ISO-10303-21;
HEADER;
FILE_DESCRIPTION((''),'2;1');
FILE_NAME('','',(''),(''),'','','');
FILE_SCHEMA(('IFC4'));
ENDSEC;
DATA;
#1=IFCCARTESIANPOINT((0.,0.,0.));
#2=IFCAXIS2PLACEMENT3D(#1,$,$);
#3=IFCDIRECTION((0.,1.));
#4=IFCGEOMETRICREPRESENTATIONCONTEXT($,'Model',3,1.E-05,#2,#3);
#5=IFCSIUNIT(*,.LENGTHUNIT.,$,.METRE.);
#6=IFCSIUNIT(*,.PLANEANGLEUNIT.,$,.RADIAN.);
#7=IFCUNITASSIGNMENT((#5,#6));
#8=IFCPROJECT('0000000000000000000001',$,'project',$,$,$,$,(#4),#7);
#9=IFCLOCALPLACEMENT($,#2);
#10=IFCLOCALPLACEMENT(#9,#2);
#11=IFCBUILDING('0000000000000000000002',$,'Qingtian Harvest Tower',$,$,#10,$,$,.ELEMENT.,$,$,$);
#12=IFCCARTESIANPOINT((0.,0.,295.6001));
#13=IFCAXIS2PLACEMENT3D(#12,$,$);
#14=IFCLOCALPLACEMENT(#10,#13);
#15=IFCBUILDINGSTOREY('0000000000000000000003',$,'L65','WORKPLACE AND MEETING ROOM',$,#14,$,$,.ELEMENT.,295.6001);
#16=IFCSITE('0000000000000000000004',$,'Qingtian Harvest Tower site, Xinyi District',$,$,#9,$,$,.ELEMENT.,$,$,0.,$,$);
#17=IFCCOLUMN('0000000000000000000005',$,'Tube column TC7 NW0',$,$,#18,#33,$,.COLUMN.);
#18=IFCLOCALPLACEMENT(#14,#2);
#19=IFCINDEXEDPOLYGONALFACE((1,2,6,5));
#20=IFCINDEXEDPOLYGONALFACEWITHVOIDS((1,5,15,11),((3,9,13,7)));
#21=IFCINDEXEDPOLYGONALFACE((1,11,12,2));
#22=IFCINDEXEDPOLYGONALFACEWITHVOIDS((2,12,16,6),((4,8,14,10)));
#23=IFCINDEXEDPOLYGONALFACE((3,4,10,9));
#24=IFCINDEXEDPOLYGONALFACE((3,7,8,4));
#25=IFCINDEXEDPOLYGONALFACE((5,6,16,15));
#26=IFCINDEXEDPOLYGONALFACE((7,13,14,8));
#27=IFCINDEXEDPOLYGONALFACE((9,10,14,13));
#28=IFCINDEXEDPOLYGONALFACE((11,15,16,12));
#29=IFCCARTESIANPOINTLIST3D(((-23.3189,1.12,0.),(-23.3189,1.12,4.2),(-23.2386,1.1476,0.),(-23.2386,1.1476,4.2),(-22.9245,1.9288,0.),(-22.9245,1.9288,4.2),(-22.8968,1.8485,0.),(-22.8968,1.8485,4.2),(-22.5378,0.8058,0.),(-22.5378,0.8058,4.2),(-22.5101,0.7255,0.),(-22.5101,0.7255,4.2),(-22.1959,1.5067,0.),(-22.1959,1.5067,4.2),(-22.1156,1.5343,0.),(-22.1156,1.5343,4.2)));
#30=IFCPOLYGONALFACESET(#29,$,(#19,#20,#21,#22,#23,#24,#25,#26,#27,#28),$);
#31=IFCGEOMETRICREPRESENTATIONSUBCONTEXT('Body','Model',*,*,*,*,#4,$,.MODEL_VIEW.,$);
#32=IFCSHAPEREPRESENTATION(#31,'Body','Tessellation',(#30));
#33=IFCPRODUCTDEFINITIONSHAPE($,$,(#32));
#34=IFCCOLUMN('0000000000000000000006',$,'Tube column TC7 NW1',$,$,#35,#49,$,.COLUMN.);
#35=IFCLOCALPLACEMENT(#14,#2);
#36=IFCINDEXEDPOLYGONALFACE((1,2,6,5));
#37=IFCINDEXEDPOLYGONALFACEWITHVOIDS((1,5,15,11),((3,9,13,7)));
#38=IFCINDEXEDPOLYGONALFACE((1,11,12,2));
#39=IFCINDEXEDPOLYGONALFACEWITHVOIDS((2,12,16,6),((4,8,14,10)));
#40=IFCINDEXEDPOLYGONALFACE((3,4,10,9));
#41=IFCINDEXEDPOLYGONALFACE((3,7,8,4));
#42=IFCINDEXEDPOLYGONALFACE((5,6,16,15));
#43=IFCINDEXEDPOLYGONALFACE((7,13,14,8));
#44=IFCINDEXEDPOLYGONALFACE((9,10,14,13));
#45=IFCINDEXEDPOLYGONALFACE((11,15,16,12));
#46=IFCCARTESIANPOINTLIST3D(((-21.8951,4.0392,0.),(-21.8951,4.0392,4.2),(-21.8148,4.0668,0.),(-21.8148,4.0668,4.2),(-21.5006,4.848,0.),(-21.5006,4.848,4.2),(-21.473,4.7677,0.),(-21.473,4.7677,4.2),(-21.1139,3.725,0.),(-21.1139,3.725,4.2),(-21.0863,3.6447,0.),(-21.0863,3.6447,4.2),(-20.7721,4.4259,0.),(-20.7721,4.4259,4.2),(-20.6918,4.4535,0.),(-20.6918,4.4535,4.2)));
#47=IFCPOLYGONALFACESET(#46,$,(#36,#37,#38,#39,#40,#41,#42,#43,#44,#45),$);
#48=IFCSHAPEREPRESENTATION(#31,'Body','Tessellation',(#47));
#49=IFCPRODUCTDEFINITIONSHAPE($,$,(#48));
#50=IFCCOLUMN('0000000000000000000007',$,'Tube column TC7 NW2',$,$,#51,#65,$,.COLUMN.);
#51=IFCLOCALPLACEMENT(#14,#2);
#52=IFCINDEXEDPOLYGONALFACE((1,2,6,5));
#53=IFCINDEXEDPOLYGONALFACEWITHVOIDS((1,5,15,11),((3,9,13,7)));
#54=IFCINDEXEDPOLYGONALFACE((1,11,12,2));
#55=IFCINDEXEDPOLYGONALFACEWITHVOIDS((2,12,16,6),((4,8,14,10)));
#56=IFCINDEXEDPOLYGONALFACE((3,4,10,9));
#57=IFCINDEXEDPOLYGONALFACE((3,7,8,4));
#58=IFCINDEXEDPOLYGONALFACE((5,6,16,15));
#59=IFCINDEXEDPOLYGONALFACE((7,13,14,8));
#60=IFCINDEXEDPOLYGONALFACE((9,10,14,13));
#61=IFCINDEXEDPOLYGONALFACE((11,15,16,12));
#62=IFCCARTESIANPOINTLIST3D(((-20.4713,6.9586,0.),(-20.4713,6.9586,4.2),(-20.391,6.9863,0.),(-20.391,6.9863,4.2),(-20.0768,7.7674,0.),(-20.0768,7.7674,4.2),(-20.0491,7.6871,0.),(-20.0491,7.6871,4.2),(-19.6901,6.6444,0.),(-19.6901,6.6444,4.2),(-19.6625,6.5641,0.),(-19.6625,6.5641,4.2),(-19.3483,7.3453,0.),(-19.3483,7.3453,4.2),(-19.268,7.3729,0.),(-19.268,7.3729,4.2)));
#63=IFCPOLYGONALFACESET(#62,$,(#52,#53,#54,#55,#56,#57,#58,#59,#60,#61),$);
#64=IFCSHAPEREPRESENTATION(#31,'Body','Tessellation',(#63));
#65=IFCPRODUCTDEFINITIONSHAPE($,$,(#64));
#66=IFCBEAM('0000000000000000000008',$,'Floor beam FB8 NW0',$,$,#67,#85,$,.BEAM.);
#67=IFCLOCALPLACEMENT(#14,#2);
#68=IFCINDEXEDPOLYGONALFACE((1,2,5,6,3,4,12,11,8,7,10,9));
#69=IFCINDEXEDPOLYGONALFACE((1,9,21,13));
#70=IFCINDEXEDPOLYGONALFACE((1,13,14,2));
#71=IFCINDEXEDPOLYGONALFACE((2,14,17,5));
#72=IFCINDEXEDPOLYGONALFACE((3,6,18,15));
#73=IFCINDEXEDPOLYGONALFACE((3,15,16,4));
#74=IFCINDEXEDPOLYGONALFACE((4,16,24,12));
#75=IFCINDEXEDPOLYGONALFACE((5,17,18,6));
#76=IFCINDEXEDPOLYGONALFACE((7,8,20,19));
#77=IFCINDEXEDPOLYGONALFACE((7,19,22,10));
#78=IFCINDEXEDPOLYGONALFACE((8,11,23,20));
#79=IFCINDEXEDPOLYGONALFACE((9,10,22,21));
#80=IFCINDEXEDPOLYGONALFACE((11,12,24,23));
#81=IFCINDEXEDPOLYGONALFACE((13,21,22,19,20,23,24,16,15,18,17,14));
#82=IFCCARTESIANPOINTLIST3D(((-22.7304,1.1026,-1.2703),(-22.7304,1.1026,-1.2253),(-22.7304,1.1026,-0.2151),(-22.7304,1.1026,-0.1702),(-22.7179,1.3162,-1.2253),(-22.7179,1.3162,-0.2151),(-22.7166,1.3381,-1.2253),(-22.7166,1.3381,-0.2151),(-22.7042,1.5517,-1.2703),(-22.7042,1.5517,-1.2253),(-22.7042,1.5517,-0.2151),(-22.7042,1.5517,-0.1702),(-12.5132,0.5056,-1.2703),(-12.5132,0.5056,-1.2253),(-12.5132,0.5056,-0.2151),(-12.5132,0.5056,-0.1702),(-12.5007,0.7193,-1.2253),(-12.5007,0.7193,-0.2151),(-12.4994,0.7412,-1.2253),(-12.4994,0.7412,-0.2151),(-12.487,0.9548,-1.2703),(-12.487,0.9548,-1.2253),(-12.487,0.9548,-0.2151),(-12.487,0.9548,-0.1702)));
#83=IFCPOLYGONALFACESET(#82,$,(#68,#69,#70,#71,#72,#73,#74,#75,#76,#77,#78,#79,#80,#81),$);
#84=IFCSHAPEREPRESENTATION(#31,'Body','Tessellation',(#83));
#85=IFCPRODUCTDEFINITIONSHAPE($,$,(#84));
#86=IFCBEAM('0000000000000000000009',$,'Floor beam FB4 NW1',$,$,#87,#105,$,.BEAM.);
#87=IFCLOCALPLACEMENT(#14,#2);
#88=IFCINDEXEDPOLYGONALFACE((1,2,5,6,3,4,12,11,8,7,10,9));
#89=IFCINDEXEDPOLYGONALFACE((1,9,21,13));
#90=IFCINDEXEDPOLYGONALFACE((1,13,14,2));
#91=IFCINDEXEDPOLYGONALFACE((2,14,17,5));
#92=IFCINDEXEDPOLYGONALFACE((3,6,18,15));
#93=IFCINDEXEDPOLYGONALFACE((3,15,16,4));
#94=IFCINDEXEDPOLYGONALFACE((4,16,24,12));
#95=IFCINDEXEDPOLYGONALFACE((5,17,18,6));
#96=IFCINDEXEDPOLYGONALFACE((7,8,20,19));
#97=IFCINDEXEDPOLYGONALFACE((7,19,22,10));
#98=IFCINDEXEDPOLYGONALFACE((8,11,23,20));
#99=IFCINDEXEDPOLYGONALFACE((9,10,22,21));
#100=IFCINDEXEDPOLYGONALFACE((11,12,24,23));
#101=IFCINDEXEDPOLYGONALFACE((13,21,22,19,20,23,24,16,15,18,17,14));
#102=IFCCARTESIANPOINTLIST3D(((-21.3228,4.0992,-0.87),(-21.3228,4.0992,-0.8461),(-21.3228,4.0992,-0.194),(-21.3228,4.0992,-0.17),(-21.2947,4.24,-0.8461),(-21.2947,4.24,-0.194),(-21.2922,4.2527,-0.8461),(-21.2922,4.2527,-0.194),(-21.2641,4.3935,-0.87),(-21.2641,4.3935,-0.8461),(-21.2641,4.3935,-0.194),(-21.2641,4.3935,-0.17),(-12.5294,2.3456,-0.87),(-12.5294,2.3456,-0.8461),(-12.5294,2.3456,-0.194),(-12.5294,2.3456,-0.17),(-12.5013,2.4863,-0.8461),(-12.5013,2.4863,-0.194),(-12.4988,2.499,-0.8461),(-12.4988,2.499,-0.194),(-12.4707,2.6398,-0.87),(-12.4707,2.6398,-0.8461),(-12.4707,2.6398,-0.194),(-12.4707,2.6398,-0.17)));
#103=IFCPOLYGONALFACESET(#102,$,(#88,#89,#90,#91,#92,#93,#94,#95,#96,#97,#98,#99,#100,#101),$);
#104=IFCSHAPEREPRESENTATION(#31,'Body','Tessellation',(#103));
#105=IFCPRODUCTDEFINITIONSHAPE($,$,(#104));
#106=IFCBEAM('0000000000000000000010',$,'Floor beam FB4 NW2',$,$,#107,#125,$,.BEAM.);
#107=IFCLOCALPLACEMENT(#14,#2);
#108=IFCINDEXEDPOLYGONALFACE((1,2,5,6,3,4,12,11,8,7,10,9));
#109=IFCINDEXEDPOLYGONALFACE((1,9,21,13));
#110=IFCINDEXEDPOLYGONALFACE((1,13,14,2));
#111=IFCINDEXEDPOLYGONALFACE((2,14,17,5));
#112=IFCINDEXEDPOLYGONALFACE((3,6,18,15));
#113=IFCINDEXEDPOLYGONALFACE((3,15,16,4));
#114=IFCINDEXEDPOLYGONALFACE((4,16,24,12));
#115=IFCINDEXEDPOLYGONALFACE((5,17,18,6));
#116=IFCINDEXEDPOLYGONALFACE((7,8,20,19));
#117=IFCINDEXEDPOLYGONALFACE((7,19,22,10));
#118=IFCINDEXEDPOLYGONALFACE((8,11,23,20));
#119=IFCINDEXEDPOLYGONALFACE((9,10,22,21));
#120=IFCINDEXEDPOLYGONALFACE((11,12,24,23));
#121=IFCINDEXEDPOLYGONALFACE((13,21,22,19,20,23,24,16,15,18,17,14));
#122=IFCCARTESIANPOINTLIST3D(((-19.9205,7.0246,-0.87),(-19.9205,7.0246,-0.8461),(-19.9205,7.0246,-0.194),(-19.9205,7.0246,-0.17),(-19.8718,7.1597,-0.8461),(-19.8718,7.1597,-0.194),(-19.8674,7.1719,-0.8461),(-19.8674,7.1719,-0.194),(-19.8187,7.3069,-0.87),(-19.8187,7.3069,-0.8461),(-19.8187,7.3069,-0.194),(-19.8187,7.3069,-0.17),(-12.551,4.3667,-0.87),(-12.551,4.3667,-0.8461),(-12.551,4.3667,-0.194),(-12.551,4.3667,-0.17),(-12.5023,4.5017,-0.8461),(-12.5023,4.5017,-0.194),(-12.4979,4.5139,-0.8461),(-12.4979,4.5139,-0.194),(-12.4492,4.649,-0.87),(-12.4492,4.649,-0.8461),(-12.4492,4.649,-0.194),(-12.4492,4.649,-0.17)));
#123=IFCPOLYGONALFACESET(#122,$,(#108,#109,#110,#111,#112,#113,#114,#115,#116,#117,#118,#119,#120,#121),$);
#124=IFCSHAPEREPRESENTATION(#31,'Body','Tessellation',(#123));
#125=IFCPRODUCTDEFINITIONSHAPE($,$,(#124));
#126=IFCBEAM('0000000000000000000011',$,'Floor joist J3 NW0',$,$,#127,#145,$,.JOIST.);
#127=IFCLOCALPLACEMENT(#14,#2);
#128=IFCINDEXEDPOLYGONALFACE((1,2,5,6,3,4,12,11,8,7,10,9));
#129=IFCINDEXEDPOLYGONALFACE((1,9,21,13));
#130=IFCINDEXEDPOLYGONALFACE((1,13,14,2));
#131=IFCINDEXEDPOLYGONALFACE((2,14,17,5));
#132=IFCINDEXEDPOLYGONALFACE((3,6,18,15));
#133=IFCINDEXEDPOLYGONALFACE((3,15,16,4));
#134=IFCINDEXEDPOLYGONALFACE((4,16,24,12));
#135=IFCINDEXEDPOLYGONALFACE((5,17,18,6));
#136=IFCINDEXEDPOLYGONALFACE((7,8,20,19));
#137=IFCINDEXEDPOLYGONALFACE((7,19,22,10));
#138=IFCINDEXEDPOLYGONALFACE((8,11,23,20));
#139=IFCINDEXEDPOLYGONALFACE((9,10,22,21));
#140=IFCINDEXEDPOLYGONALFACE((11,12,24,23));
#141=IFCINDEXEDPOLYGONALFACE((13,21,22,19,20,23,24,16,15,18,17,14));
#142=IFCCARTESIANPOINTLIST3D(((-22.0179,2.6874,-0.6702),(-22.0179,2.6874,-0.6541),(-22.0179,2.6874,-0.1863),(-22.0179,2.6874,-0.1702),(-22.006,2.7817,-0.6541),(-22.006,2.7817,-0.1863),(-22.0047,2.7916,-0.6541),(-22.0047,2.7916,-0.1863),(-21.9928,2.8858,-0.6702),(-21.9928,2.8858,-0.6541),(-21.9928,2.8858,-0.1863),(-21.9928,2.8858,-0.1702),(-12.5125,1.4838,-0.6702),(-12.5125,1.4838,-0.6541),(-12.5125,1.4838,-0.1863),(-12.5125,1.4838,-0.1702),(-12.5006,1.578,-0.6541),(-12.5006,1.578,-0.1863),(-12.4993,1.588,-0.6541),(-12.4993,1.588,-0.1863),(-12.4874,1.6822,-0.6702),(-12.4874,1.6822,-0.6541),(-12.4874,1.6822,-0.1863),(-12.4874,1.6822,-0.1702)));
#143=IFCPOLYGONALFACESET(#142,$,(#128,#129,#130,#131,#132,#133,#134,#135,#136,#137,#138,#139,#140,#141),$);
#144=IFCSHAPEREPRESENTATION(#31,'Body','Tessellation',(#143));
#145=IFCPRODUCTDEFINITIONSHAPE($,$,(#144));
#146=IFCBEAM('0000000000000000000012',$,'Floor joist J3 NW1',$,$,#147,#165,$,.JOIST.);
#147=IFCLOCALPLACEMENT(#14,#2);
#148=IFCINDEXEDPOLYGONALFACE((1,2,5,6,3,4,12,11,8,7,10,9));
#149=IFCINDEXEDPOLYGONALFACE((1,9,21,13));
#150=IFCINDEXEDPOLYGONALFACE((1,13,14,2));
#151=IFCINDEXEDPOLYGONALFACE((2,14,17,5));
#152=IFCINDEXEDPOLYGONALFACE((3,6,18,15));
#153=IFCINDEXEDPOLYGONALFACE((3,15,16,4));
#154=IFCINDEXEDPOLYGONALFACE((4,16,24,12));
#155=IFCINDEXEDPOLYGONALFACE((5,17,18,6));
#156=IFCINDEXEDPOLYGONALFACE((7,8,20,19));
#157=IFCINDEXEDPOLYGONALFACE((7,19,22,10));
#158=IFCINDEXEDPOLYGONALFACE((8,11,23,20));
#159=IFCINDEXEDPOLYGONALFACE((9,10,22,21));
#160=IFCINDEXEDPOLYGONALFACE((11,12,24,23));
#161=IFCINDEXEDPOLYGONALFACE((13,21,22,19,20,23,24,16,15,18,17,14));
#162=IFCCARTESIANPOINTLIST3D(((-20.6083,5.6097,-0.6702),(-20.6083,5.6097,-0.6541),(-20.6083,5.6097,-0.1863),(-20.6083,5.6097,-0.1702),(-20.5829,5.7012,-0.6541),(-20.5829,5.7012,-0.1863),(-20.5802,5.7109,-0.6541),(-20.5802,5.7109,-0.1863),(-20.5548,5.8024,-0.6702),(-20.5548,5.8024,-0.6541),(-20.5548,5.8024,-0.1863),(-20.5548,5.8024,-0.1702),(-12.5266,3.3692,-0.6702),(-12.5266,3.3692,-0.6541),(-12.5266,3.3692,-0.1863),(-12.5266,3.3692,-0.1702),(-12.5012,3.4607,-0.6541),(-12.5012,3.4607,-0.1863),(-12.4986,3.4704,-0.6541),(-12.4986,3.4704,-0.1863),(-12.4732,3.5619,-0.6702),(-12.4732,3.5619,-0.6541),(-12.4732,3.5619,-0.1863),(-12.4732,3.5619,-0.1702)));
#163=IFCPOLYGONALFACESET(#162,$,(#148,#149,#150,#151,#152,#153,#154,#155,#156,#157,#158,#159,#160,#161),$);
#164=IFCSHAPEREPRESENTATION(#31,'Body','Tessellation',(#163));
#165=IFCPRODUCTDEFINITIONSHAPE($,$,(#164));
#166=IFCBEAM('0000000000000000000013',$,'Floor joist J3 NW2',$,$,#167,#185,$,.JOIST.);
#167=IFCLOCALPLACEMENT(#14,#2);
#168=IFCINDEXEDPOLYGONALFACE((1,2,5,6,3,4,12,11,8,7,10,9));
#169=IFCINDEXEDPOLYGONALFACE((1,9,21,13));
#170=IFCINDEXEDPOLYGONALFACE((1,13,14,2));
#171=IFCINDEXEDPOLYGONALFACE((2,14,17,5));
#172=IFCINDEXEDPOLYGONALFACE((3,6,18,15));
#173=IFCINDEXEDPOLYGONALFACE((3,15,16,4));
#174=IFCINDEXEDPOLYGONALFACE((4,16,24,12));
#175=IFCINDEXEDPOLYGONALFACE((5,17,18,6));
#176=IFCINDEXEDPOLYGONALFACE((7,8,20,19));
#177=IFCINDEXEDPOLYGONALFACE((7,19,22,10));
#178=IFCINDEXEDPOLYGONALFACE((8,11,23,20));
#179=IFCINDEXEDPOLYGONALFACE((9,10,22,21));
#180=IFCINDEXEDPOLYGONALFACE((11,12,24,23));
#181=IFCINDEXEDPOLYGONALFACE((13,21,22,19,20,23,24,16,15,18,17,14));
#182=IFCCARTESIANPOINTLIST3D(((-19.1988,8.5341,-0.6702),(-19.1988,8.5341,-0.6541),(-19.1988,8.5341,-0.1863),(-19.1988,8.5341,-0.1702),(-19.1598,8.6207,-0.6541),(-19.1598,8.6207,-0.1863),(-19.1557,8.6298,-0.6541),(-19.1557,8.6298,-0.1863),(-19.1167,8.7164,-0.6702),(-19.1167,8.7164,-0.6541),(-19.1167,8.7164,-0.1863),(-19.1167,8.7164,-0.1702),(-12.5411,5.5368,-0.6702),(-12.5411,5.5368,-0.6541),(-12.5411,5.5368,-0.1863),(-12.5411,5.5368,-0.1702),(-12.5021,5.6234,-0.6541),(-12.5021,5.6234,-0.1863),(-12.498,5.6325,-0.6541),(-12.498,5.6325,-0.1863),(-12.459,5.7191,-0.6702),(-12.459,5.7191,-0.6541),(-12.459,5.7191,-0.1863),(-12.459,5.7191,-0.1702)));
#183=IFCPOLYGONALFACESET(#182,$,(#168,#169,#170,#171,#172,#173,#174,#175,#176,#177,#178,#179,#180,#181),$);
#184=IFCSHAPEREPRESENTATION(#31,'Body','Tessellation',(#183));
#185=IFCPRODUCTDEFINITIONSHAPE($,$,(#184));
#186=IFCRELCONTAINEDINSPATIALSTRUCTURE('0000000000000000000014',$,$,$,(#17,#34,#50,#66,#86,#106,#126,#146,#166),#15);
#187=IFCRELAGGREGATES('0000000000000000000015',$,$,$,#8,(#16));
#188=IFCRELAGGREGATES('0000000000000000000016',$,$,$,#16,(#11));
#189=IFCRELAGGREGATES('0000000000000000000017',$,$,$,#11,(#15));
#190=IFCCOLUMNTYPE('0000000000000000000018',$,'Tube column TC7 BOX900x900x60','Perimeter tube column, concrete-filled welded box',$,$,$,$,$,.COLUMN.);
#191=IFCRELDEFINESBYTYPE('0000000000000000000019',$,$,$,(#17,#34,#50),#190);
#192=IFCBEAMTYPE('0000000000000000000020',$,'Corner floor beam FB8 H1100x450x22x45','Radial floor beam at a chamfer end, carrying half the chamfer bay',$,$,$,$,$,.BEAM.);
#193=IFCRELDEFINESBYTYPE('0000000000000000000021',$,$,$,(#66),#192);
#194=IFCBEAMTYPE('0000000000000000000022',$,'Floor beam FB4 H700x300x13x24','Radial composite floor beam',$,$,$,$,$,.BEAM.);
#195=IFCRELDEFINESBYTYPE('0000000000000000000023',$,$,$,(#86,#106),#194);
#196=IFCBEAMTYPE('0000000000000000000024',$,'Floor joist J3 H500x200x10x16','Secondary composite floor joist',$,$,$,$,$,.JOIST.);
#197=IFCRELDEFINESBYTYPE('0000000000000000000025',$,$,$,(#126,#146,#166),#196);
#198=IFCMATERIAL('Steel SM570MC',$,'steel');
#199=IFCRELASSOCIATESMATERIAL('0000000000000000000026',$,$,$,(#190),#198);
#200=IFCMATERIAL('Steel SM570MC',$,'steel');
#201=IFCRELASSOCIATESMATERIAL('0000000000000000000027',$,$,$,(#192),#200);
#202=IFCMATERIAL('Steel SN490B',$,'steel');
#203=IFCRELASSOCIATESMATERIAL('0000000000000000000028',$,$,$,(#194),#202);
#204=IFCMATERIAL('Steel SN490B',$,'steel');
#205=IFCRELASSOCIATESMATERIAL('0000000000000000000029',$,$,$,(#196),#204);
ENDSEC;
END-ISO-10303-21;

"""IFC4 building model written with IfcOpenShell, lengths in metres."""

from ifc_helpers import new_model, si_unit, direction, frame, origin, origin_2d, place, context, subcontext, project, spatial, hollow_rectangle, i_section, extrude, material, material_profile, profile_set, type_object, element, save


model = new_model("IFC4")

# Units and contexts
model_context = context("Model", 3, precision=1e-05, world=origin(), true_north=direction((0.0, 1.0)))
body_context = subcontext(model_context, "Body", "Model", "MODEL_VIEW")
ifc_project = project(units=[si_unit("LENGTHUNIT", "METRE"), si_unit("PLANEANGLEUNIT", "RADIAN")], contexts=[model_context])

# Site, building, storey
site_placement = place(None, origin())
site = spatial("IfcSite", under=ifc_project, at=site_placement, Name="Qingtian Harvest Tower site, Xinyi District", CompositionType="ELEMENT", RefElevation=0.0)
building_placement = place(site_placement, origin())
building = spatial("IfcBuilding", under=site, at=building_placement, Name="Qingtian Harvest Tower", CompositionType="ELEMENT")
storey_placement = place(building_placement, frame((0.0, 0.0, 295.6001)))
storey = spatial("IfcBuildingStorey", under=building, at=storey_placement, Name="L65", Description="WORKPLACE AND MEETING ROOM", CompositionType="ELEMENT", Elevation=295.6001)

# Columns
ifc_material_1 = material(Name="Steel SM570MC", Category="steel")
ifc_material_profile_1 = material_profile(ifc_material_1, hollow_rectangle(XDim=0.8999, YDim=0.8999, WallThickness=0.0601, at=origin_2d()), Name="BOX900x900x60")
ifc_profile_set_1 = profile_set([ifc_material_profile_1], Name="Steel SM570MC")
column_type = type_object("IfcColumnType", Name="Tube column TC7 BOX900x900x60", Description="Perimeter tube column, concrete-filled welded box", PredefinedType="COLUMN", material=ifc_profile_set_1)
for number, where, z_axis, x_axis, name in (
    (1, (-22.7173, 1.3271, 0.0), (0.0, 0.0, 1.0), (-0.438371, -0.898794, 0.0), "Tube column TC7 NW0"),
    (2, (-21.2935, 4.2463, 0.0), (0.0, 0.0, 1.0), (-0.438371, -0.898794, 0.0), "Tube column TC7 NW1"),
    (3, (-19.8696, 7.1658, 0.0), (0.0, 0.0, 1.0), (-0.438371, -0.898794, 0.0), "Tube column TC7 NW2"),
):
    element("IfcColumn", number, at=place(storey_placement, frame(where, z_axis=z_axis, x_axis=x_axis)), inside=storey, type_object=column_type, Name=name, PredefinedType="COLUMN", context=body_context, shape_type="SweptSolid", body=[
        extrude(hollow_rectangle(XDim=0.8999, YDim=0.8999, WallThickness=0.0601, at=origin_2d()), origin(), (0.0, 0.0, 1.0), 4.2),
    ])

# Beams
ifc_material_2 = material(Name="Steel SM570MC", Category="steel")
ifc_material_profile_2 = material_profile(ifc_material_2, i_section(OverallWidth=0.45, OverallDepth=1.1001, WebThickness=0.022, FlangeThickness=0.0449, at=origin_2d()), Name="H1100x450x22x45")
ifc_profile_set_2 = profile_set([ifc_material_profile_2], Name="Steel SM570MC")
beam_type_1 = type_object("IfcBeamType", Name="Corner floor beam FB8 H1100x450x22x45", Description="Radial floor beam at a chamfer end, carrying half the chamfer bay", PredefinedType="BEAM", material=ifc_profile_set_2)
beam_1_placement = place(storey_placement, frame((-22.7173, 1.3271, -0.7202), z_axis=(0.998298, -0.058323, 0.0), x_axis=(0.058323, 0.998298, 0.0)))
element("IfcBeam", 4, at=beam_1_placement, inside=storey, type_object=beam_type_1, Name="Floor beam FB8 NW0", PredefinedType="BEAM", context=body_context, shape_type="SweptSolid", body=[
    extrude(i_section(OverallWidth=0.45, OverallDepth=1.1001, WebThickness=0.022, FlangeThickness=0.0449, at=origin_2d()), origin(), (0.0, 0.0, 1.0), 10.2346),
])
ifc_material_3 = material(Name="Steel SN490B", Category="steel")
ifc_material_profile_3 = material_profile(ifc_material_3, i_section(OverallWidth=0.3, OverallDepth=0.7, WebThickness=0.0129, FlangeThickness=0.0239, at=origin_2d()), Name="H700x300x13x24")
ifc_profile_set_3 = profile_set([ifc_material_profile_3], Name="Steel SN490B")
beam_type_2 = type_object("IfcBeamType", Name="Floor beam FB4 H700x300x13x24", Description="Radial composite floor beam", PredefinedType="BEAM", material=ifc_profile_set_3)
beam_2_placement = place(storey_placement, frame((-21.2935, 4.2463, -0.52), z_axis=(0.980688, -0.195577, 0.0), x_axis=(0.195577, 0.980688, 0.0)))
element("IfcBeam", 5, at=beam_2_placement, inside=storey, type_object=beam_type_2, Name="Floor beam FB4 NW1", PredefinedType="BEAM", context=body_context, shape_type="SweptSolid", body=[
    extrude(i_section(OverallWidth=0.3, OverallDepth=0.7, WebThickness=0.0129, FlangeThickness=0.0239, at=origin_2d()), origin(), (0.0, 0.0, 1.0), 8.9666),
])
beam_3_placement = place(storey_placement, frame((-19.8696, 7.1658, -0.52), z_axis=(0.940688, -0.339272, 0.0), x_axis=(0.339272, 0.940688, 0.0)))
element("IfcBeam", 6, at=beam_3_placement, inside=storey, type_object=beam_type_2, Name="Floor beam FB4 NW2", PredefinedType="BEAM", context=body_context, shape_type="SweptSolid", body=[
    extrude(i_section(OverallWidth=0.3, OverallDepth=0.7, WebThickness=0.0129, FlangeThickness=0.0239, at=origin_2d()), origin(), (0.0, 0.0, 1.0), 7.8342),
])
ifc_material_4 = material(Name="Steel SN490B", Category="steel")
ifc_material_profile_4 = material_profile(ifc_material_4, i_section(OverallWidth=0.2, OverallDepth=0.5, WebThickness=0.01, FlangeThickness=0.0161, at=origin_2d()), Name="H500x200x10x16")
ifc_profile_set_4 = profile_set([ifc_material_profile_4], Name="Steel SN490B")
beam_type_3 = type_object("IfcBeamType", Name="Floor joist J3 H500x200x10x16", Description="Secondary composite floor joist", PredefinedType="JOIST", material=ifc_profile_set_4)
beam_4_placement = place(storey_placement, frame((-22.0054, 2.7866, -0.4202), z_axis=(0.992078, -0.125621, 0.0), x_axis=(0.125621, 0.992078, 0.0)))
element("IfcBeam", 7, at=beam_4_placement, inside=storey, type_object=beam_type_3, Name="Floor joist J3 NW0", PredefinedType="JOIST", context=body_context, shape_type="SweptSolid", body=[
    extrude(i_section(OverallWidth=0.2, OverallDepth=0.5, WebThickness=0.01, FlangeThickness=0.0161, at=origin_2d()), origin(), (0.0, 0.0, 1.0), 9.5813),
])
beam_5_placement = place(storey_placement, frame((-20.5815, 5.7061, -0.4202), z_axis=(0.963653, -0.267157, 0.0), x_axis=(0.267157, 0.963653, 0.0)))
element("IfcBeam", 8, at=beam_5_placement, inside=storey, type_object=beam_type_3, Name="Floor joist J3 NW1", PredefinedType="JOIST", context=body_context, shape_type="SweptSolid", body=[
    extrude(i_section(OverallWidth=0.2, OverallDepth=0.5, WebThickness=0.01, FlangeThickness=0.0161, at=origin_2d()), origin(), (0.0, 0.0, 1.0), 8.3865),
])
beam_6_placement = place(storey_placement, frame((-19.1577, 8.6252, -0.4202), z_axis=(0.911853, -0.410518, 0.0), x_axis=(0.410518, 0.911853, 0.0)))
element("IfcBeam", 9, at=beam_6_placement, inside=storey, type_object=beam_type_3, Name="Floor joist J3 NW2", PredefinedType="JOIST", context=body_context, shape_type="SweptSolid", body=[
    extrude(i_section(OverallWidth=0.2, OverallDepth=0.5, WebThickness=0.01, FlangeThickness=0.0161, at=origin_2d()), origin(), (0.0, 0.0, 1.0), 7.3013),
])

save(model, "model.ifc")
